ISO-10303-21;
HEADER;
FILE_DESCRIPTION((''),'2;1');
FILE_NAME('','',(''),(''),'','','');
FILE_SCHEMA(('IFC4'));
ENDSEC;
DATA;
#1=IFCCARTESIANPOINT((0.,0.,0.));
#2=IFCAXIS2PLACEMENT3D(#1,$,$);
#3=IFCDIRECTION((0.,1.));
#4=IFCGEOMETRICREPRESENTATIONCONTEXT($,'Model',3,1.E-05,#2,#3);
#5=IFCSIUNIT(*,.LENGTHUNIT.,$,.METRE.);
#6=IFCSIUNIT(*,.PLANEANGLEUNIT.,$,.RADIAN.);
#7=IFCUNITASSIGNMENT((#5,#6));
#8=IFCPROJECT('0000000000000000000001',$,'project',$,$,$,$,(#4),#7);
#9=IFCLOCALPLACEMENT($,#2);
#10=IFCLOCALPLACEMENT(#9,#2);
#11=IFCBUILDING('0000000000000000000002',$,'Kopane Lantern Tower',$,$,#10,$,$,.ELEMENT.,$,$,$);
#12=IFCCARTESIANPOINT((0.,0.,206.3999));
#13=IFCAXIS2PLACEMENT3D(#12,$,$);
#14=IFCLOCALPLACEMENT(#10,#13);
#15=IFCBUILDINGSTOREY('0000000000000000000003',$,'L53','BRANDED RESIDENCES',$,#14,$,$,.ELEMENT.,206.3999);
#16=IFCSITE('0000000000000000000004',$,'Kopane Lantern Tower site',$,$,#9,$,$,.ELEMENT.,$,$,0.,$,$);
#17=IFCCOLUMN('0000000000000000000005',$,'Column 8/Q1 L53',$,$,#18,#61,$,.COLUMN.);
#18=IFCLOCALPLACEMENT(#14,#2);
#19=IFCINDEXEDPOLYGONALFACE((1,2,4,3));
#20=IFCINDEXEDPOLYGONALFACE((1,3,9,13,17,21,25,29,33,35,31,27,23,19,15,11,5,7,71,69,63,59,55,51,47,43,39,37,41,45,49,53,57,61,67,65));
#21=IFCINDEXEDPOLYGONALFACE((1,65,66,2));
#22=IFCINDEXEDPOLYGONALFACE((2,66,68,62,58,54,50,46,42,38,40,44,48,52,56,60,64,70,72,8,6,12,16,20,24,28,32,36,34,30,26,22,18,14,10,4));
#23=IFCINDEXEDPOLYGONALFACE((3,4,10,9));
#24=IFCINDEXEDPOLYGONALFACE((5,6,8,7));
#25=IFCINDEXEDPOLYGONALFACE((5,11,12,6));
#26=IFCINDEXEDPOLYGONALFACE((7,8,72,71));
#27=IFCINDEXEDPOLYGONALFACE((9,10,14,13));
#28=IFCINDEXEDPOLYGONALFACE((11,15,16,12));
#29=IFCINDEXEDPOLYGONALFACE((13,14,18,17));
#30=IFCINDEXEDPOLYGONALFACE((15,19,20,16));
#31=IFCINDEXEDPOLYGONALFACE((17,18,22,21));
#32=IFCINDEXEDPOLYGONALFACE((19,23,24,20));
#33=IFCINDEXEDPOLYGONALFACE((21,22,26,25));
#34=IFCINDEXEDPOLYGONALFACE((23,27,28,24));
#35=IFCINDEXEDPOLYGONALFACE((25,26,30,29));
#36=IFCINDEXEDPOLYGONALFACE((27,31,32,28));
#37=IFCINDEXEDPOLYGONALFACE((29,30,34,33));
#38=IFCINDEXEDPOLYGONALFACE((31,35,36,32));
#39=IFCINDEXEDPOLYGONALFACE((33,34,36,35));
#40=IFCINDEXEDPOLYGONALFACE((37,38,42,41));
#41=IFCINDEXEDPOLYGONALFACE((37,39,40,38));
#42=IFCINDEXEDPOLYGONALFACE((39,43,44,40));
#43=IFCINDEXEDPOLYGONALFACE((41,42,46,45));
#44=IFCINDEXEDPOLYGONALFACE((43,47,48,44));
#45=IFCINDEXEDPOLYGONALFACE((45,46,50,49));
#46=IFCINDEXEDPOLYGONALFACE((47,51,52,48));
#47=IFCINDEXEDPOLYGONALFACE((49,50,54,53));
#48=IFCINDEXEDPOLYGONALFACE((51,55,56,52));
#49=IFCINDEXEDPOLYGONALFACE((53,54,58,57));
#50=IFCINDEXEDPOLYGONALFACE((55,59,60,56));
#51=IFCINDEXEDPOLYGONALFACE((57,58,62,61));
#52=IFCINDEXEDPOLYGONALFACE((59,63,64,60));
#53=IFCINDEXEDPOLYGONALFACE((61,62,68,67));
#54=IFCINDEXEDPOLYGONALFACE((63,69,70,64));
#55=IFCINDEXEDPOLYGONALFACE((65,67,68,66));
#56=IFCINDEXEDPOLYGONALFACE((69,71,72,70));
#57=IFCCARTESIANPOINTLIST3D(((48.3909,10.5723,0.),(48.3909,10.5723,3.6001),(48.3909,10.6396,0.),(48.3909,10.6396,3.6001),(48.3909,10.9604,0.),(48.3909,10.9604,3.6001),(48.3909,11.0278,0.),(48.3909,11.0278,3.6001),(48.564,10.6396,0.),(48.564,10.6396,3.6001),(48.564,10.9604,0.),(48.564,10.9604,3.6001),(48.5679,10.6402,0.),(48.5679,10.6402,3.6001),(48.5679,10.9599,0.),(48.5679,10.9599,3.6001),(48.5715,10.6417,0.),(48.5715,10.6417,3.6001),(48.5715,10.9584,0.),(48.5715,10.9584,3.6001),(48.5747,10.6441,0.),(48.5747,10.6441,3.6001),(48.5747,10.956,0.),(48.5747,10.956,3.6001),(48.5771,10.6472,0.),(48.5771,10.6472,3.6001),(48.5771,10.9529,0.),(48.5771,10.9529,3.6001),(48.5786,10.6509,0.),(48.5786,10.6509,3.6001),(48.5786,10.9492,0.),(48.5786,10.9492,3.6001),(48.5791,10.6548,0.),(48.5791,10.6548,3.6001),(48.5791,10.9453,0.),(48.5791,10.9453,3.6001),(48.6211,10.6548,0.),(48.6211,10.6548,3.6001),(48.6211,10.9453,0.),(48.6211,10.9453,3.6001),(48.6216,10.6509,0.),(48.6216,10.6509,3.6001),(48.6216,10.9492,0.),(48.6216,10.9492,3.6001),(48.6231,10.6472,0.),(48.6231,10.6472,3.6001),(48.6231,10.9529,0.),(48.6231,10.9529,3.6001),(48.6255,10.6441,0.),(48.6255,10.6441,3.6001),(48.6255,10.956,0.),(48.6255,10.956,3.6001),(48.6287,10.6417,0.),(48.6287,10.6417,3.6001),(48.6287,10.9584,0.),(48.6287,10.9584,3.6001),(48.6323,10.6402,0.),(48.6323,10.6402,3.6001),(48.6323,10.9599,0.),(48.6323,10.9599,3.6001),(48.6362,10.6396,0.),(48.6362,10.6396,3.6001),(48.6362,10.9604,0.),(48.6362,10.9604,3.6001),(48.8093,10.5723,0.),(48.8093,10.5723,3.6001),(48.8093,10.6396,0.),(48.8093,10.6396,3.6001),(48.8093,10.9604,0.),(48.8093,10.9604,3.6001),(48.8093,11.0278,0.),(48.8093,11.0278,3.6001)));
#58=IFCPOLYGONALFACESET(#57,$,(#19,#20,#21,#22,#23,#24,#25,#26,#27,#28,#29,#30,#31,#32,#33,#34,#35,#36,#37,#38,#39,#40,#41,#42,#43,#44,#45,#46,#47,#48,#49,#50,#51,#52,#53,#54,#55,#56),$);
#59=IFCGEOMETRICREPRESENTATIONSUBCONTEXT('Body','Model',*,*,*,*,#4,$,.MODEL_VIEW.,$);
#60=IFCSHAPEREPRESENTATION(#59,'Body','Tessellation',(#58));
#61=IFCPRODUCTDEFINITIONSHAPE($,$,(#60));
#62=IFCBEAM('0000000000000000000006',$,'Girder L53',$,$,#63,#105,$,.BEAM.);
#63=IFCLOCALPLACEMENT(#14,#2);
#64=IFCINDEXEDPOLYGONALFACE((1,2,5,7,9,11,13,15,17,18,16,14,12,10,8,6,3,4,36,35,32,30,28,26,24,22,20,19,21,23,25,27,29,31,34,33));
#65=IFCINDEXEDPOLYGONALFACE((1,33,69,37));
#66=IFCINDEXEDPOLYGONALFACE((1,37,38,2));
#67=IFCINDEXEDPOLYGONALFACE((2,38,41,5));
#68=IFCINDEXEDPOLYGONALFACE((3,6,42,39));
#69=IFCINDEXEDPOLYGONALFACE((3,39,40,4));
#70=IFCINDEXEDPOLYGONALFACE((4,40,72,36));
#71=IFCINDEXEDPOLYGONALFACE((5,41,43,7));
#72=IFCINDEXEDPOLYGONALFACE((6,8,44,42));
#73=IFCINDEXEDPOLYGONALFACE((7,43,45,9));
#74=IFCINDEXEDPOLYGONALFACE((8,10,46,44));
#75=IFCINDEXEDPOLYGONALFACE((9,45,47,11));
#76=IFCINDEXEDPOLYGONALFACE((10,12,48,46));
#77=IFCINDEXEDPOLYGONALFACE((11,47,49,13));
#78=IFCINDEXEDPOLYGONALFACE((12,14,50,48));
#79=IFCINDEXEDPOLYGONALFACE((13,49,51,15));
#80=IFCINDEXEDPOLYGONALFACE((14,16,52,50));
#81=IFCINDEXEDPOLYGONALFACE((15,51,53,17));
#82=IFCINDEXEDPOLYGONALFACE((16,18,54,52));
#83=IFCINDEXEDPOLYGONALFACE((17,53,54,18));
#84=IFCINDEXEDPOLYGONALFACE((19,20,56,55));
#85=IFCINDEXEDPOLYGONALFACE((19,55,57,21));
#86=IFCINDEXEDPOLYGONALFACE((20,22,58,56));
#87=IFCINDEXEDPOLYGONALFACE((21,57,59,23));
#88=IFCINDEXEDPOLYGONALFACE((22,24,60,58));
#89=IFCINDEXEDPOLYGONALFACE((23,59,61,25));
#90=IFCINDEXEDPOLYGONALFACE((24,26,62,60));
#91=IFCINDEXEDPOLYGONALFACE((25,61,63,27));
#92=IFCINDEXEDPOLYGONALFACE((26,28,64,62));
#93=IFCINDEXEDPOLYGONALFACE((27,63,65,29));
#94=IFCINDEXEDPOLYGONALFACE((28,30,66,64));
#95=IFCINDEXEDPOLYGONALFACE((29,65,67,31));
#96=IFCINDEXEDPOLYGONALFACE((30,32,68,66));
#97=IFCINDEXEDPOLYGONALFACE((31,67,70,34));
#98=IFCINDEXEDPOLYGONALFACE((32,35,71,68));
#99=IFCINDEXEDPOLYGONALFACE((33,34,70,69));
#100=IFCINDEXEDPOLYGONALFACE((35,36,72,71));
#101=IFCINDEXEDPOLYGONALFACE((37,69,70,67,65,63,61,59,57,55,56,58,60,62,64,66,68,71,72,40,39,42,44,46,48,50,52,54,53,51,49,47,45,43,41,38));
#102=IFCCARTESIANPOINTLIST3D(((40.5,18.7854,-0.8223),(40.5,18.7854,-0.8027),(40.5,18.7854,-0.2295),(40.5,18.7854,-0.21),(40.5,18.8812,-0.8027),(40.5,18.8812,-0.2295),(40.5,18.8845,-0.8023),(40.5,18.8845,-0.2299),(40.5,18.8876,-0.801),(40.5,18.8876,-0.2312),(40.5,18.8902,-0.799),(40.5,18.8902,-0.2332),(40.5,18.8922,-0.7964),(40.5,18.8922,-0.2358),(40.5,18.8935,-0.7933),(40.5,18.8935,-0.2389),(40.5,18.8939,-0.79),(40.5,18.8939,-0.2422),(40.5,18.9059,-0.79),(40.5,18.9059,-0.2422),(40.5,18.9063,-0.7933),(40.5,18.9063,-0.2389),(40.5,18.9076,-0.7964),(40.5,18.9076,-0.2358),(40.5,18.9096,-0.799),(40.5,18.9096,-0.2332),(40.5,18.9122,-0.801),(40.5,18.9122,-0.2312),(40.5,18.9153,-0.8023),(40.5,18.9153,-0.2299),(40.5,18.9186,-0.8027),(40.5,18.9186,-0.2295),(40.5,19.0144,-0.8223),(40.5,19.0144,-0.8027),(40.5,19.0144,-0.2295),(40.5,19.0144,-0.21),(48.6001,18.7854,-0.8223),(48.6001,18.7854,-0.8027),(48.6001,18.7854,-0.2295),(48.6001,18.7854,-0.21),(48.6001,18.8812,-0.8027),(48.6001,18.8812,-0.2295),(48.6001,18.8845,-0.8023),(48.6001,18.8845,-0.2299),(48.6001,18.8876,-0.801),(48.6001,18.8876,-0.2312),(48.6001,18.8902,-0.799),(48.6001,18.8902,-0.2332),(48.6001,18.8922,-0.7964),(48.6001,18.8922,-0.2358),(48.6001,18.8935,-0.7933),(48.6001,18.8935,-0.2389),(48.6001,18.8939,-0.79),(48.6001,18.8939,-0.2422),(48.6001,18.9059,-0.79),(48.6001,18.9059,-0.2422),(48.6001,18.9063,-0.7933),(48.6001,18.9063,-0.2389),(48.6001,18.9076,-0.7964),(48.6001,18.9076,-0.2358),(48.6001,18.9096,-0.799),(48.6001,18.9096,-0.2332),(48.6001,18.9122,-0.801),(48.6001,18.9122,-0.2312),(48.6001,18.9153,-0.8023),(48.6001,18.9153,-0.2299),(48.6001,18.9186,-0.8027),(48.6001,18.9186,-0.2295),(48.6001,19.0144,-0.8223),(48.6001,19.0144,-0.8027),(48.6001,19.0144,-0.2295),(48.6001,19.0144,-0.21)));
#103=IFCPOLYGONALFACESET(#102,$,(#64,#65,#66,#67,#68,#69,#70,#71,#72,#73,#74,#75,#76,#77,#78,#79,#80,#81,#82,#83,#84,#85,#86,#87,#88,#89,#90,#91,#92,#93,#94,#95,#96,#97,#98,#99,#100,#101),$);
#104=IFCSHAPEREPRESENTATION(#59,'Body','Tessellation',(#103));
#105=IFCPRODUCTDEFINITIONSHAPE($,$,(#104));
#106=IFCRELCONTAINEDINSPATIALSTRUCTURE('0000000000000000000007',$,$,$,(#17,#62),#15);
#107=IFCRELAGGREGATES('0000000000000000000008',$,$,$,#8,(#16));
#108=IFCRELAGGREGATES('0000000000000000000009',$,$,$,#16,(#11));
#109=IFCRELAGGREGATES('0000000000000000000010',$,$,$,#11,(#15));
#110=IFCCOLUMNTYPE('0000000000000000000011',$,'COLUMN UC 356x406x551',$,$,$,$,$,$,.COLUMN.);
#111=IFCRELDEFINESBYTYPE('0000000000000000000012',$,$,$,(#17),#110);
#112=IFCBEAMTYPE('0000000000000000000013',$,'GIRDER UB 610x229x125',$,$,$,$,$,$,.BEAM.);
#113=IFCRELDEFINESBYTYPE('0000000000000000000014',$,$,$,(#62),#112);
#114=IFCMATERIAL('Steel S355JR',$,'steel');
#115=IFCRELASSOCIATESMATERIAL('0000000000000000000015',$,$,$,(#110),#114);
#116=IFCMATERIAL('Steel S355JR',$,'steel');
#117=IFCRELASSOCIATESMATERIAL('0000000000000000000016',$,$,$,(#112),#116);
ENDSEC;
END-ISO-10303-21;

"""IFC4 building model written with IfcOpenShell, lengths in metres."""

from ifc_helpers import new_model, si_unit, direction, frame, origin, origin_2d, place, context, subcontext, project, spatial, i_section, extrude, material, material_profile, profile_set, type_object, element, save


model = new_model("IFC4")

# Units and contexts
model_context = context("Model", 3, precision=1e-05, world=origin(), true_north=direction((0.0, 1.0)))
body_context = subcontext(model_context, "Body", "Model", "MODEL_VIEW")
ifc_project = project(units=[si_unit("LENGTHUNIT", "METRE"), si_unit("PLANEANGLEUNIT", "RADIAN")], contexts=[model_context])

# Site, building, storey
site_placement = place(None, origin())
site = spatial("IfcSite", under=ifc_project, at=site_placement, Name="Kopane Lantern Tower site", CompositionType="ELEMENT", RefElevation=0.0)
building_placement = place(site_placement, origin())
building = spatial("IfcBuilding", under=site, at=building_placement, Name="Kopane Lantern Tower", CompositionType="ELEMENT")
storey_placement = place(building_placement, frame((0.0, 0.0, 206.3999)))
storey = spatial("IfcBuildingStorey", under=building, at=storey_placement, Name="L53", Description="BRANDED RESIDENCES", CompositionType="ELEMENT", Elevation=206.3999)

# Column
ifc_material_1 = material(Name="Steel S355JR", Category="steel")
ifc_material_profile_1 = material_profile(ifc_material_1, i_section(OverallWidth=0.4185, OverallDepth=0.4556, WebThickness=0.042, FlangeThickness=0.0674, FilletRadius=0.0151, at=origin_2d()), Name="UC 356x406x551")
ifc_profile_set_1 = profile_set([ifc_material_profile_1], Name="Steel S355JR")
column_type = type_object("IfcColumnType", Name="COLUMN UC 356x406x551", PredefinedType="COLUMN", material=ifc_profile_set_1)
column_placement = place(storey_placement, frame((48.6001, 10.8, 0.0), z_axis=(0.0, 0.0, 1.0), x_axis=(1.0, 0.0, 0.0)))
element("IfcColumn", 1, at=column_placement, inside=storey, type_object=column_type, Name="Column 8/Q1 L53", PredefinedType="COLUMN", context=body_context, shape_type="SweptSolid", body=[
    extrude(i_section(OverallWidth=0.4185, OverallDepth=0.4556, WebThickness=0.042, FlangeThickness=0.0674, FilletRadius=0.0151, at=origin_2d()), origin(), (0.0, 0.0, 1.0), 3.6001),
])

# Beam
ifc_material_2 = material(Name="Steel S355JR", Category="steel")
ifc_material_profile_2 = material_profile(ifc_material_2, i_section(OverallWidth=0.229, OverallDepth=0.6123, WebThickness=0.012, FlangeThickness=0.0195, FilletRadius=0.0127, at=origin_2d()), Name="UB 610x229x125")
ifc_profile_set_2 = profile_set([ifc_material_profile_2], Name="Steel S355JR")
beam_type = type_object("IfcBeamType", Name="GIRDER UB 610x229x125", PredefinedType="BEAM", material=ifc_profile_set_2)
beam_placement = place(storey_placement, frame((40.5, 18.8999, -0.5161), z_axis=(1.0, 0.0, 0.0), x_axis=(0.0, 1.0, 0.0)))
element("IfcBeam", 2, at=beam_placement, inside=storey, type_object=beam_type, Name="Girder L53", PredefinedType="BEAM", context=body_context, shape_type="SweptSolid", body=[
    extrude(i_section(OverallWidth=0.229, OverallDepth=0.6123, WebThickness=0.012, FlangeThickness=0.0195, FilletRadius=0.0127, at=origin_2d()), origin(), (0.0, 0.0, 1.0), 8.1001),
])

save(model, "model.ifc")
